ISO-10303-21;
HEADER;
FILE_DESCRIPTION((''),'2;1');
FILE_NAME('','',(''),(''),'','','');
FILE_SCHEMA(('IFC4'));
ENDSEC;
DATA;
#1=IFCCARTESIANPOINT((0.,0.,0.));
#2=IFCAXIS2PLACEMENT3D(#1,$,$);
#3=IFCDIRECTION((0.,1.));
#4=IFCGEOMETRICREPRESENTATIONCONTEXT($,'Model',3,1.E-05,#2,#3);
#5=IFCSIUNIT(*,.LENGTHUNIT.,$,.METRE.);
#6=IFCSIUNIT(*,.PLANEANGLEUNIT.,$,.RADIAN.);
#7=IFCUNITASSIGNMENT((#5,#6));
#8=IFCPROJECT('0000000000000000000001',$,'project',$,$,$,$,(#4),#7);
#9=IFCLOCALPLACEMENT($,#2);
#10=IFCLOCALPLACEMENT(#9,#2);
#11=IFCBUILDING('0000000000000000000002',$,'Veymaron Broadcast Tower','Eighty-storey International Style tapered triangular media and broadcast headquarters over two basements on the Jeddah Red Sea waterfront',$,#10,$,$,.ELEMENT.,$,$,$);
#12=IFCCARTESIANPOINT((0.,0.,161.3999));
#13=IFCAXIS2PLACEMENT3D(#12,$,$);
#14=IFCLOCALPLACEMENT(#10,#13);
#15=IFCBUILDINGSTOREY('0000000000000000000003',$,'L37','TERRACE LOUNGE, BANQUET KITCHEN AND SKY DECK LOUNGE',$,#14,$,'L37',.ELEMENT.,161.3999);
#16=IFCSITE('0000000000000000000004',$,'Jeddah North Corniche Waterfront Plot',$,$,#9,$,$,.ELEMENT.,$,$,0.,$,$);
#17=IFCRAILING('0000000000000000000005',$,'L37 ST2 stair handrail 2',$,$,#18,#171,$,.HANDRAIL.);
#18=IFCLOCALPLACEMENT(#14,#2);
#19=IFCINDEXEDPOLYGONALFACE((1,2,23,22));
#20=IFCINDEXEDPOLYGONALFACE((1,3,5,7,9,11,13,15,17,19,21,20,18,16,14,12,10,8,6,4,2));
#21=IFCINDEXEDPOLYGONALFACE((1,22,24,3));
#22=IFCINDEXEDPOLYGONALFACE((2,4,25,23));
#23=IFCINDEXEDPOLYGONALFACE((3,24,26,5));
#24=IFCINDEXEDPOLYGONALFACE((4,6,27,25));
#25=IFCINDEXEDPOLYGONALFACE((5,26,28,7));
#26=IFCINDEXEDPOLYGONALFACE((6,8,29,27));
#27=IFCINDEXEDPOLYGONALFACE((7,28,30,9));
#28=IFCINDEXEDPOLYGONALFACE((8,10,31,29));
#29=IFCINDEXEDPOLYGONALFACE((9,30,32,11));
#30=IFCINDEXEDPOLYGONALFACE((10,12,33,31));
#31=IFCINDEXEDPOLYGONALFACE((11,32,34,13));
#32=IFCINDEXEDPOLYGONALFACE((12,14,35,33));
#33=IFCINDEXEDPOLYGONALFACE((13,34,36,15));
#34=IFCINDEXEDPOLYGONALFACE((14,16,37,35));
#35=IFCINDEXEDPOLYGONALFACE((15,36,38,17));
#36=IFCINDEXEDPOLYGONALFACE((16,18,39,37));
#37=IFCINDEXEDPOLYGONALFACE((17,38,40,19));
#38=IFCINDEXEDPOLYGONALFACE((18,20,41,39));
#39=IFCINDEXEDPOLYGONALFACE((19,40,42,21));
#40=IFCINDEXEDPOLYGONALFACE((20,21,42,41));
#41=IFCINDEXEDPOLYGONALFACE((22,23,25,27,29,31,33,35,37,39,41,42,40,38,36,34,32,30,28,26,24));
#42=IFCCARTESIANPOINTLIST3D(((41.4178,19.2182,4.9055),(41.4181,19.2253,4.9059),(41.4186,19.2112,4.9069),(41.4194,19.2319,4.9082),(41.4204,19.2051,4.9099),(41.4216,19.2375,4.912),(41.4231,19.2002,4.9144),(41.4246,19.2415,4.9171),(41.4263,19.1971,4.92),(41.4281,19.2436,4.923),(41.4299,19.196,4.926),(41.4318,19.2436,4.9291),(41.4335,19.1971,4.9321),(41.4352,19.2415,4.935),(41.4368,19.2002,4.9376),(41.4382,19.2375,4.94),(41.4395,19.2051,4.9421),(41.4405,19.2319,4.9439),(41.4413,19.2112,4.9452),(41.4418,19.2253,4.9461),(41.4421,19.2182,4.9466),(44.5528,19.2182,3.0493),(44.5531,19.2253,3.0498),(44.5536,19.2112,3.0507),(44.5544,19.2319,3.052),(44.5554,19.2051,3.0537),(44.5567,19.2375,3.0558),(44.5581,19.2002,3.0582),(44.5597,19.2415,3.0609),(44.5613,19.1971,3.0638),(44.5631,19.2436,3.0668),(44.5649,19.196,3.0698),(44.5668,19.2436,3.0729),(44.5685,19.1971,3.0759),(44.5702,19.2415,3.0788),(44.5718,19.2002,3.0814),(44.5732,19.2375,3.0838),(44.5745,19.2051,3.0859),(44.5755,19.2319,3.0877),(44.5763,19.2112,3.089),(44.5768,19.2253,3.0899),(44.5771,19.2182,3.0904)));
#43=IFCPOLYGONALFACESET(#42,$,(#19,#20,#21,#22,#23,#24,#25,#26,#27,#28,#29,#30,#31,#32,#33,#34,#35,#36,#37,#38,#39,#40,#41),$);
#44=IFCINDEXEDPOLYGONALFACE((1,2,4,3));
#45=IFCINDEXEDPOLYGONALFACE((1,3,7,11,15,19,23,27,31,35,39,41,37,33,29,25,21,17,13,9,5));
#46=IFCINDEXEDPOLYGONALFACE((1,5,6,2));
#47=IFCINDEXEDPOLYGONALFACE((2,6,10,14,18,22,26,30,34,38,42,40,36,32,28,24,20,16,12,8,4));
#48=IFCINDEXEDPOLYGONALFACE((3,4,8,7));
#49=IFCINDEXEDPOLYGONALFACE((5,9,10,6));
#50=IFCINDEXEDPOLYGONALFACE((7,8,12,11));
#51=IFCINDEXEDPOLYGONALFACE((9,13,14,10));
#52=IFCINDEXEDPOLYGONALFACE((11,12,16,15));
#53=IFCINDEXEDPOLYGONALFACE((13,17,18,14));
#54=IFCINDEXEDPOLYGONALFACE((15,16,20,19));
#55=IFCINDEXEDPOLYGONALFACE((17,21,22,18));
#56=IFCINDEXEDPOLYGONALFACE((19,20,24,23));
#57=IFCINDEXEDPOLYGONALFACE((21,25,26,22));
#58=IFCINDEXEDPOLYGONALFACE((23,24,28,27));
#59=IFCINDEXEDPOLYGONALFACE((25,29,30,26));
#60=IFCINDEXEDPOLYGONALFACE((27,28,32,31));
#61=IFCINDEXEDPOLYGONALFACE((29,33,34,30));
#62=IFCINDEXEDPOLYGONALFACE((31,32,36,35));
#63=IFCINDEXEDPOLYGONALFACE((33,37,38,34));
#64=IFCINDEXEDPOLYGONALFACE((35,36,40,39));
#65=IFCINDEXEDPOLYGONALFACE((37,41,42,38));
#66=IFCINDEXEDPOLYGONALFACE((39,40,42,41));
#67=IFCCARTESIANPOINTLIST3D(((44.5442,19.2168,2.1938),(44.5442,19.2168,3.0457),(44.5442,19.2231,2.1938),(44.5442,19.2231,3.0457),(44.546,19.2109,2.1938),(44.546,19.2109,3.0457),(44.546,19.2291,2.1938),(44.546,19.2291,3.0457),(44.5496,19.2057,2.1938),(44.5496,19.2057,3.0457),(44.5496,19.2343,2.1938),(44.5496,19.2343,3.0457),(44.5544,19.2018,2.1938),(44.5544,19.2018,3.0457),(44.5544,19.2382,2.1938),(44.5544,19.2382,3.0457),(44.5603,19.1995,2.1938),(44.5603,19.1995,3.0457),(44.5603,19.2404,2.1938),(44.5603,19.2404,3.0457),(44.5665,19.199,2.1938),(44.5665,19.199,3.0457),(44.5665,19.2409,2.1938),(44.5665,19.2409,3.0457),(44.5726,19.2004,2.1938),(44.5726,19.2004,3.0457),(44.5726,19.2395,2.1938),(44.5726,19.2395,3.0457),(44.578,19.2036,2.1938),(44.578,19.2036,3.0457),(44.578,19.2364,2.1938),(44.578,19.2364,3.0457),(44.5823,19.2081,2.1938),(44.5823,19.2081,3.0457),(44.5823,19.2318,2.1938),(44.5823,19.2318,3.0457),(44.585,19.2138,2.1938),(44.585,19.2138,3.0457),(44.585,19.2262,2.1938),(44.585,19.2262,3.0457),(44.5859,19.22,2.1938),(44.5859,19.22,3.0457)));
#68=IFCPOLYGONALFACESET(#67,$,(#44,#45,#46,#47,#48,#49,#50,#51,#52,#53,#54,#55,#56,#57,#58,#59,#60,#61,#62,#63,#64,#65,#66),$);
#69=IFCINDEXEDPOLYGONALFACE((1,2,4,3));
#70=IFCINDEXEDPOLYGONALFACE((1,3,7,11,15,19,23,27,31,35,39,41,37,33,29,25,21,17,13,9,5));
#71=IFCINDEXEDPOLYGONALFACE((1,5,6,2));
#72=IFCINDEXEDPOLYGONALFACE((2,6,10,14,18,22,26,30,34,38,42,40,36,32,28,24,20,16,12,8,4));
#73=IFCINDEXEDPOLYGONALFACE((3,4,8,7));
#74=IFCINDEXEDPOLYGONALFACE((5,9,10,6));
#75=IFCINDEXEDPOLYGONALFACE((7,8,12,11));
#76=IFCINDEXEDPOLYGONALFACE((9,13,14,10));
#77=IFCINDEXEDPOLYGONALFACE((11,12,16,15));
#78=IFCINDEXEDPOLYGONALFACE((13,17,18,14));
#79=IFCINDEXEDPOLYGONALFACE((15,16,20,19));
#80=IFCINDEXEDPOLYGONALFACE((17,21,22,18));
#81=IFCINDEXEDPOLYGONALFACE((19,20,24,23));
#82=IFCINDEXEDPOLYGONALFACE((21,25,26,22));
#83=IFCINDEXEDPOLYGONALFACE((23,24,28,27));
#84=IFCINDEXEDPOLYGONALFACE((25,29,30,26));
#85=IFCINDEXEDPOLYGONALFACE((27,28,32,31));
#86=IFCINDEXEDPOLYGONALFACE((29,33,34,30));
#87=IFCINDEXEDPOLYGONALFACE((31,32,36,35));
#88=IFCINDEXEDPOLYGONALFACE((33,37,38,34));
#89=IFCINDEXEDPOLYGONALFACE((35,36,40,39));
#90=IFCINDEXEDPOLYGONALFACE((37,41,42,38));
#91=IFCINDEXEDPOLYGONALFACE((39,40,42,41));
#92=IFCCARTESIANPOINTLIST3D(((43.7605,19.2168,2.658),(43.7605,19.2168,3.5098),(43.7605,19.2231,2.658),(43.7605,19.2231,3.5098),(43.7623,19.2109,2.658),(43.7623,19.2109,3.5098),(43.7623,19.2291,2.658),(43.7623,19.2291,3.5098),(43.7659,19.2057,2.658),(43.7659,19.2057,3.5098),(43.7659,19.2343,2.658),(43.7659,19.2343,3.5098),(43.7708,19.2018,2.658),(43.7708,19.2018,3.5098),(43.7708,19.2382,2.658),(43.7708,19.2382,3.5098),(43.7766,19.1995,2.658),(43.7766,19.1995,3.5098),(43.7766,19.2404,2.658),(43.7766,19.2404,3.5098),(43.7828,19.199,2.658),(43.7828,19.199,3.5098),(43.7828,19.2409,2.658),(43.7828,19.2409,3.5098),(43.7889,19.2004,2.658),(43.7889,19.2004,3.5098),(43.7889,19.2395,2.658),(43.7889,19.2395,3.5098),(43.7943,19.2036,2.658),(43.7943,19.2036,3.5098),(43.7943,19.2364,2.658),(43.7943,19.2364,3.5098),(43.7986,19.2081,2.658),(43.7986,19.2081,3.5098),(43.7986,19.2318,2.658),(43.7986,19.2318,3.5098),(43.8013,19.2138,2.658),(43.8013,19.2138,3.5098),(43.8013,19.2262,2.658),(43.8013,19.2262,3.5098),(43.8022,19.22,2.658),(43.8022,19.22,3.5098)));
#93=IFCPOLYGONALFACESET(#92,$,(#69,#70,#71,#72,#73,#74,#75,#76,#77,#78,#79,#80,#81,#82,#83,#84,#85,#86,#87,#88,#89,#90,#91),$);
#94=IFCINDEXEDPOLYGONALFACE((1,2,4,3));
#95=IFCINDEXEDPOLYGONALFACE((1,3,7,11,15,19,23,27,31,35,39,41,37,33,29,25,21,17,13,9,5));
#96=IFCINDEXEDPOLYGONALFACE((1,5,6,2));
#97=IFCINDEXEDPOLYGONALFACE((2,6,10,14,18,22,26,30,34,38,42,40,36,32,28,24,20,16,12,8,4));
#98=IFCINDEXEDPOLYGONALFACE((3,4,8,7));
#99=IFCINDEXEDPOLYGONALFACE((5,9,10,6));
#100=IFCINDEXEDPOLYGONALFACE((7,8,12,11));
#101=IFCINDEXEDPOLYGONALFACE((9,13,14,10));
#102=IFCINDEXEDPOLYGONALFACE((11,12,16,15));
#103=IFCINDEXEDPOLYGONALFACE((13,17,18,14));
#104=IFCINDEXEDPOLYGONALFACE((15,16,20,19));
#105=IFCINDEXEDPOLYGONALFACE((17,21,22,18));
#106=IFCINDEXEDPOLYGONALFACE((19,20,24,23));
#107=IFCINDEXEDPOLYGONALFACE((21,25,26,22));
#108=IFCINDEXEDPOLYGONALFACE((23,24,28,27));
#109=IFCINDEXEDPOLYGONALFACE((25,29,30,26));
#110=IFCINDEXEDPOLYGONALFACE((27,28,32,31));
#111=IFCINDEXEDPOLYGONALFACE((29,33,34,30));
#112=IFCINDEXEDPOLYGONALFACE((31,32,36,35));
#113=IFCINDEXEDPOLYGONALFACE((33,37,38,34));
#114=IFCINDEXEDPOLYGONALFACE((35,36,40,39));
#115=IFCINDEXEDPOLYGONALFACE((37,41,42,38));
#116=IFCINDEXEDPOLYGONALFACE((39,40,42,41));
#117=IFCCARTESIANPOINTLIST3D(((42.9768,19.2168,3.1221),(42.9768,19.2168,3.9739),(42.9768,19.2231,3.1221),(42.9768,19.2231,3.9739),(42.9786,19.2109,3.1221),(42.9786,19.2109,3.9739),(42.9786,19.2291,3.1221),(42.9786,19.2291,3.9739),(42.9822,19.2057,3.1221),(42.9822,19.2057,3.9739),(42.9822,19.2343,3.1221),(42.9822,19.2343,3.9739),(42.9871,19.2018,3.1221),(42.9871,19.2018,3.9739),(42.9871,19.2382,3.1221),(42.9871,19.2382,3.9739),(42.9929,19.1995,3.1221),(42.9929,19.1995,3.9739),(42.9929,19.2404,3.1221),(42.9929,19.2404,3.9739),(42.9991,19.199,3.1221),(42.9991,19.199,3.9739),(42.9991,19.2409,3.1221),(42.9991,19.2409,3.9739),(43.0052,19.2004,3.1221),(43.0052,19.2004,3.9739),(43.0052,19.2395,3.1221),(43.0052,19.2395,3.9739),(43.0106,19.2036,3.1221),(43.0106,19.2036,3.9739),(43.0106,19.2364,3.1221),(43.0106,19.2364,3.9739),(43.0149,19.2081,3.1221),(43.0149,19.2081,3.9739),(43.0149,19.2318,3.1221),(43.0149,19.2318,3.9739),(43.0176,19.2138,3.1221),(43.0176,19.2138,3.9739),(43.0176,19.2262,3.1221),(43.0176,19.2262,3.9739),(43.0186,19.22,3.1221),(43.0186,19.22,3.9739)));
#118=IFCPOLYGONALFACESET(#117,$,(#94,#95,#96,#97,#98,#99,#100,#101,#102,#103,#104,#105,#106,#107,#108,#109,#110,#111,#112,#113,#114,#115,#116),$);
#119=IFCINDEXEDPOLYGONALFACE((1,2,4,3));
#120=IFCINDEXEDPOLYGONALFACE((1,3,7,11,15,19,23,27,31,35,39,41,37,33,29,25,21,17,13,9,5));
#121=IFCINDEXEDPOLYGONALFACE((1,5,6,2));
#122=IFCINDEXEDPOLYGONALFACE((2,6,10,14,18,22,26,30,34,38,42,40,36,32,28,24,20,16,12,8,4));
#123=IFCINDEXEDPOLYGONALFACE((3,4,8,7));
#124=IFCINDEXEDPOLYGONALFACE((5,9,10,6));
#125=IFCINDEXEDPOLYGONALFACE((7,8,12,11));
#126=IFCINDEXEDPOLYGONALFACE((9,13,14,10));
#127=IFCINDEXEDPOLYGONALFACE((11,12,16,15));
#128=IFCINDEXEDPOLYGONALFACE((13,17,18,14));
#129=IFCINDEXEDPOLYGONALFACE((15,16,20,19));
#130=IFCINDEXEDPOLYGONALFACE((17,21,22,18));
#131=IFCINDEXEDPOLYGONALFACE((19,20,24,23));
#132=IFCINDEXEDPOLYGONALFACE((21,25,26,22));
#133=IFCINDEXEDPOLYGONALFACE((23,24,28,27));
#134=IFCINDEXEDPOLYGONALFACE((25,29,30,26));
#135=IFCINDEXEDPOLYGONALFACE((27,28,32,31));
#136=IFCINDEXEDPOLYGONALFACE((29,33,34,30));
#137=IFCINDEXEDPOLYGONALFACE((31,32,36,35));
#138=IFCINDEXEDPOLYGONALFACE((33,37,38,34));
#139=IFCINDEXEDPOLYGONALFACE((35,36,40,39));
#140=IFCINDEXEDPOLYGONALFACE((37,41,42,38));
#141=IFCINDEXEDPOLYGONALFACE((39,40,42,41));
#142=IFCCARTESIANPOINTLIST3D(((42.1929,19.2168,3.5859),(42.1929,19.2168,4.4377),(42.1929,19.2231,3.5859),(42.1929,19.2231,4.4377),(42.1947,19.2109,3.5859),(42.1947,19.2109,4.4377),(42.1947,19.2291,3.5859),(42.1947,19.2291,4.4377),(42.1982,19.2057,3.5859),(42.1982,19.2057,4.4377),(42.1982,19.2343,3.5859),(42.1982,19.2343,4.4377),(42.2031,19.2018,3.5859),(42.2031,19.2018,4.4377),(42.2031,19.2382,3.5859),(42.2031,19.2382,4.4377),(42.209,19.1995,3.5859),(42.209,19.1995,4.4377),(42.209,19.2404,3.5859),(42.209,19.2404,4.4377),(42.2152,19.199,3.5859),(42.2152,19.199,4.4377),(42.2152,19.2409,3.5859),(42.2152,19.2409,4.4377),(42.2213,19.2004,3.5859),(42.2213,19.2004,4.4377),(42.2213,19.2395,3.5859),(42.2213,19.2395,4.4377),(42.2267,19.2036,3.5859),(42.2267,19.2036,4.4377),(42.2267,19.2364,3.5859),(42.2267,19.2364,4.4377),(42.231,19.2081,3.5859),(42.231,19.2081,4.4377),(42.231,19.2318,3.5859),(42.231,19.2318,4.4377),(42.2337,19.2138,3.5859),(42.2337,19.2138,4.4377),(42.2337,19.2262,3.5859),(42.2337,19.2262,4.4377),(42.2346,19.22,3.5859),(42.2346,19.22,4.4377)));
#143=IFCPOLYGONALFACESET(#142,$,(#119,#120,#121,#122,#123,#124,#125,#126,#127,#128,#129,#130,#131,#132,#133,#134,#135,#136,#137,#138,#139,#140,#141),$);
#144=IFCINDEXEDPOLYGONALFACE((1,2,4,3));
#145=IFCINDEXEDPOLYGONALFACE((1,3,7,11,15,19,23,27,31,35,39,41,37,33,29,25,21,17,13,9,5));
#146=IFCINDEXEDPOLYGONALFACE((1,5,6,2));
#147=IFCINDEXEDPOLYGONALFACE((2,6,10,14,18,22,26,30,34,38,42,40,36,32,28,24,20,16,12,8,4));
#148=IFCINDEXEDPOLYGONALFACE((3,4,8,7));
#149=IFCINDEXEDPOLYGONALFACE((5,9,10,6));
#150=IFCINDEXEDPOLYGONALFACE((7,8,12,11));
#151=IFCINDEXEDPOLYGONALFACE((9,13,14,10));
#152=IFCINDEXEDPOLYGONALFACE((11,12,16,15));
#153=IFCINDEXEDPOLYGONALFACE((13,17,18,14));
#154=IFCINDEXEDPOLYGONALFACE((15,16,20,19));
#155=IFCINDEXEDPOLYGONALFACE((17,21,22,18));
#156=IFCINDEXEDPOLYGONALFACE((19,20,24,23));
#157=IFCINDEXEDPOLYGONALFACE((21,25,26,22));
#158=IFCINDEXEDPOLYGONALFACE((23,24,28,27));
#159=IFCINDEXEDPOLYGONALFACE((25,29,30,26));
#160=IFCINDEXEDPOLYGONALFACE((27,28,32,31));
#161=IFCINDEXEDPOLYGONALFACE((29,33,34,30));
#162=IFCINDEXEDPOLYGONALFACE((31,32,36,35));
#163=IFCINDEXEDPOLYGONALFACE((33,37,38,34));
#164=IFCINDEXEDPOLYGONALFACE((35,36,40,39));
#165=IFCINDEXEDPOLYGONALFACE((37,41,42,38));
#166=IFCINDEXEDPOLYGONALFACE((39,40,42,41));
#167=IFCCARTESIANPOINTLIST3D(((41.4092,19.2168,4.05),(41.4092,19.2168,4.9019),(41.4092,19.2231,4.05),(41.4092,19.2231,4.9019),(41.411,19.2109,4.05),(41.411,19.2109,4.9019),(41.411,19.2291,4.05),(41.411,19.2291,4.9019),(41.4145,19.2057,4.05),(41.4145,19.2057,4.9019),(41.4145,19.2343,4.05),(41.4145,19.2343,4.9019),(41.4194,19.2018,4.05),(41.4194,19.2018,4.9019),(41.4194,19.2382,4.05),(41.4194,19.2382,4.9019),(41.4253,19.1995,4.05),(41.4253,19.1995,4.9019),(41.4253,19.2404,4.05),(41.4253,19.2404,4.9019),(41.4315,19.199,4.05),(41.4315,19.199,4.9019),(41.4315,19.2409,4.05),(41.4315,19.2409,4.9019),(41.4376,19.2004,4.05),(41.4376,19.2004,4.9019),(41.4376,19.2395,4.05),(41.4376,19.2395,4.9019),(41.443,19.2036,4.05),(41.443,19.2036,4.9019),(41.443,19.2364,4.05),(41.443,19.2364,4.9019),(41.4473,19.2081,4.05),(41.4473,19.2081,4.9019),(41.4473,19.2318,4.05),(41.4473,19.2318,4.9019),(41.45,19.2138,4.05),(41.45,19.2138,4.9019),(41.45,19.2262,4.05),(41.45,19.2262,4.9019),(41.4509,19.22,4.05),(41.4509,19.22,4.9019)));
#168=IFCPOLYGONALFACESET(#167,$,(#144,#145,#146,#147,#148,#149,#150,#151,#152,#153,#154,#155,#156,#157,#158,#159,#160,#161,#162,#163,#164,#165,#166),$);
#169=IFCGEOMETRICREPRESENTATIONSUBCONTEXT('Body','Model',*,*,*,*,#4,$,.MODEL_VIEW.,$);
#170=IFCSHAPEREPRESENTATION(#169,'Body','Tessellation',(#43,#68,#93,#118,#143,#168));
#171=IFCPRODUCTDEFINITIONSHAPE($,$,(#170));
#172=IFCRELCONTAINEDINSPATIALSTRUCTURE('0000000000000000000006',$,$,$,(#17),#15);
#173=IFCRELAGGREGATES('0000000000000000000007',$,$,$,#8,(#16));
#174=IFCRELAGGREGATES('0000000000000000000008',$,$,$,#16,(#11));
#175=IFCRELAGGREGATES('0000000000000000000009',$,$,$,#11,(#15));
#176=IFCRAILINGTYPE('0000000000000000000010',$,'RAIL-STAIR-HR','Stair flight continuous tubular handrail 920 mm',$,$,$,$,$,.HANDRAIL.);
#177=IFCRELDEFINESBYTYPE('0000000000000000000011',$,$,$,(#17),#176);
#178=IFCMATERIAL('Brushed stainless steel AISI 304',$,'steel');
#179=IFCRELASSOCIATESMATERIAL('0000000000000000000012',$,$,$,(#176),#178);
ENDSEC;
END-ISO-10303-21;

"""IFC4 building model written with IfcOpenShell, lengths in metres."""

from ifc_helpers import new_model, si_unit, direction, frame, origin, origin_2d, place, context, subcontext, project, spatial, circle, extrude, material, type_object, element, save


model = new_model("IFC4")

# Units and contexts
model_context = context("Model", 3, precision=1e-05, world=origin(), true_north=direction((0.0, 1.0)))
body_context = subcontext(model_context, "Body", "Model", "MODEL_VIEW")
ifc_project = project(units=[si_unit("LENGTHUNIT", "METRE"), si_unit("PLANEANGLEUNIT", "RADIAN")], contexts=[model_context])

# Site, building, storey
site_placement = place(None, origin())
site = spatial("IfcSite", under=ifc_project, at=site_placement, Name="Jeddah North Corniche Waterfront Plot", CompositionType="ELEMENT", RefElevation=0.0)
building_placement = place(site_placement, origin())
building = spatial("IfcBuilding", under=site, at=building_placement, Name="Veymaron Broadcast Tower", Description="Eighty-storey International Style tapered triangular media and broadcast headquarters over two basements on the Jeddah Red Sea waterfront", CompositionType="ELEMENT")
storey_placement = place(building_placement, frame((0.0, 0.0, 161.3999)))
storey = spatial("IfcBuildingStorey", under=building, at=storey_placement, Name="L37", Description="TERRACE LOUNGE, BANQUET KITCHEN AND SKY DECK LOUNGE", LongName="L37", CompositionType="ELEMENT", Elevation=161.3999)

# Shared definitions
ifc_material_1 = material(Name="Brushed stainless steel AISI 304", Category="steel")

# Railing
railing_type_1 = type_object("IfcRailingType", Name="RAIL-STAIR-HR", Description="Stair flight continuous tubular handrail 920 mm", PredefinedType="HANDRAIL", material=ifc_material_1)
railing_1_placement = place(storey_placement, frame((44.5649, 19.22, 2.1938)))
element("IfcRailing", 1, at=railing_1_placement, inside=storey, type_object=railing_type_1, Name="L37 ST2 stair handrail 2", PredefinedType="HANDRAIL", context=body_context, shape_type="SweptSolid", body=[
    extrude(circle(Radius=0.0239, at=origin_2d()), frame((0.0, 0.0, 0.876), z_axis=(-0.860482, 0.0, 0.509481), x_axis=(0.0, -1.0, 0.0)), (0.0, 0.0, 1.0), 3.6433),
    extrude(circle(Radius=0.021, at=origin_2d()), origin(), (0.0, 0.0, 1.0), 0.8518),
    extrude(circle(Radius=0.021, at=origin_2d()), frame((-0.7837, 0.0, 0.4641)), (0.0, 0.0, 1.0), 0.8518),
    extrude(circle(Radius=0.021, at=origin_2d()), frame((-1.5674, 0.0, 0.9282)), (0.0, 0.0, 1.0), 0.8518),
    extrude(circle(Radius=0.021, at=origin_2d()), frame((-2.3513, 0.0, 1.3921)), (0.0, 0.0, 1.0), 0.8518),
    extrude(circle(Radius=0.021, at=origin_2d()), frame((-3.135, 0.0, 1.8562)), (0.0, 0.0, 1.0), 0.8518),
])

save(model, "model.ifc")
